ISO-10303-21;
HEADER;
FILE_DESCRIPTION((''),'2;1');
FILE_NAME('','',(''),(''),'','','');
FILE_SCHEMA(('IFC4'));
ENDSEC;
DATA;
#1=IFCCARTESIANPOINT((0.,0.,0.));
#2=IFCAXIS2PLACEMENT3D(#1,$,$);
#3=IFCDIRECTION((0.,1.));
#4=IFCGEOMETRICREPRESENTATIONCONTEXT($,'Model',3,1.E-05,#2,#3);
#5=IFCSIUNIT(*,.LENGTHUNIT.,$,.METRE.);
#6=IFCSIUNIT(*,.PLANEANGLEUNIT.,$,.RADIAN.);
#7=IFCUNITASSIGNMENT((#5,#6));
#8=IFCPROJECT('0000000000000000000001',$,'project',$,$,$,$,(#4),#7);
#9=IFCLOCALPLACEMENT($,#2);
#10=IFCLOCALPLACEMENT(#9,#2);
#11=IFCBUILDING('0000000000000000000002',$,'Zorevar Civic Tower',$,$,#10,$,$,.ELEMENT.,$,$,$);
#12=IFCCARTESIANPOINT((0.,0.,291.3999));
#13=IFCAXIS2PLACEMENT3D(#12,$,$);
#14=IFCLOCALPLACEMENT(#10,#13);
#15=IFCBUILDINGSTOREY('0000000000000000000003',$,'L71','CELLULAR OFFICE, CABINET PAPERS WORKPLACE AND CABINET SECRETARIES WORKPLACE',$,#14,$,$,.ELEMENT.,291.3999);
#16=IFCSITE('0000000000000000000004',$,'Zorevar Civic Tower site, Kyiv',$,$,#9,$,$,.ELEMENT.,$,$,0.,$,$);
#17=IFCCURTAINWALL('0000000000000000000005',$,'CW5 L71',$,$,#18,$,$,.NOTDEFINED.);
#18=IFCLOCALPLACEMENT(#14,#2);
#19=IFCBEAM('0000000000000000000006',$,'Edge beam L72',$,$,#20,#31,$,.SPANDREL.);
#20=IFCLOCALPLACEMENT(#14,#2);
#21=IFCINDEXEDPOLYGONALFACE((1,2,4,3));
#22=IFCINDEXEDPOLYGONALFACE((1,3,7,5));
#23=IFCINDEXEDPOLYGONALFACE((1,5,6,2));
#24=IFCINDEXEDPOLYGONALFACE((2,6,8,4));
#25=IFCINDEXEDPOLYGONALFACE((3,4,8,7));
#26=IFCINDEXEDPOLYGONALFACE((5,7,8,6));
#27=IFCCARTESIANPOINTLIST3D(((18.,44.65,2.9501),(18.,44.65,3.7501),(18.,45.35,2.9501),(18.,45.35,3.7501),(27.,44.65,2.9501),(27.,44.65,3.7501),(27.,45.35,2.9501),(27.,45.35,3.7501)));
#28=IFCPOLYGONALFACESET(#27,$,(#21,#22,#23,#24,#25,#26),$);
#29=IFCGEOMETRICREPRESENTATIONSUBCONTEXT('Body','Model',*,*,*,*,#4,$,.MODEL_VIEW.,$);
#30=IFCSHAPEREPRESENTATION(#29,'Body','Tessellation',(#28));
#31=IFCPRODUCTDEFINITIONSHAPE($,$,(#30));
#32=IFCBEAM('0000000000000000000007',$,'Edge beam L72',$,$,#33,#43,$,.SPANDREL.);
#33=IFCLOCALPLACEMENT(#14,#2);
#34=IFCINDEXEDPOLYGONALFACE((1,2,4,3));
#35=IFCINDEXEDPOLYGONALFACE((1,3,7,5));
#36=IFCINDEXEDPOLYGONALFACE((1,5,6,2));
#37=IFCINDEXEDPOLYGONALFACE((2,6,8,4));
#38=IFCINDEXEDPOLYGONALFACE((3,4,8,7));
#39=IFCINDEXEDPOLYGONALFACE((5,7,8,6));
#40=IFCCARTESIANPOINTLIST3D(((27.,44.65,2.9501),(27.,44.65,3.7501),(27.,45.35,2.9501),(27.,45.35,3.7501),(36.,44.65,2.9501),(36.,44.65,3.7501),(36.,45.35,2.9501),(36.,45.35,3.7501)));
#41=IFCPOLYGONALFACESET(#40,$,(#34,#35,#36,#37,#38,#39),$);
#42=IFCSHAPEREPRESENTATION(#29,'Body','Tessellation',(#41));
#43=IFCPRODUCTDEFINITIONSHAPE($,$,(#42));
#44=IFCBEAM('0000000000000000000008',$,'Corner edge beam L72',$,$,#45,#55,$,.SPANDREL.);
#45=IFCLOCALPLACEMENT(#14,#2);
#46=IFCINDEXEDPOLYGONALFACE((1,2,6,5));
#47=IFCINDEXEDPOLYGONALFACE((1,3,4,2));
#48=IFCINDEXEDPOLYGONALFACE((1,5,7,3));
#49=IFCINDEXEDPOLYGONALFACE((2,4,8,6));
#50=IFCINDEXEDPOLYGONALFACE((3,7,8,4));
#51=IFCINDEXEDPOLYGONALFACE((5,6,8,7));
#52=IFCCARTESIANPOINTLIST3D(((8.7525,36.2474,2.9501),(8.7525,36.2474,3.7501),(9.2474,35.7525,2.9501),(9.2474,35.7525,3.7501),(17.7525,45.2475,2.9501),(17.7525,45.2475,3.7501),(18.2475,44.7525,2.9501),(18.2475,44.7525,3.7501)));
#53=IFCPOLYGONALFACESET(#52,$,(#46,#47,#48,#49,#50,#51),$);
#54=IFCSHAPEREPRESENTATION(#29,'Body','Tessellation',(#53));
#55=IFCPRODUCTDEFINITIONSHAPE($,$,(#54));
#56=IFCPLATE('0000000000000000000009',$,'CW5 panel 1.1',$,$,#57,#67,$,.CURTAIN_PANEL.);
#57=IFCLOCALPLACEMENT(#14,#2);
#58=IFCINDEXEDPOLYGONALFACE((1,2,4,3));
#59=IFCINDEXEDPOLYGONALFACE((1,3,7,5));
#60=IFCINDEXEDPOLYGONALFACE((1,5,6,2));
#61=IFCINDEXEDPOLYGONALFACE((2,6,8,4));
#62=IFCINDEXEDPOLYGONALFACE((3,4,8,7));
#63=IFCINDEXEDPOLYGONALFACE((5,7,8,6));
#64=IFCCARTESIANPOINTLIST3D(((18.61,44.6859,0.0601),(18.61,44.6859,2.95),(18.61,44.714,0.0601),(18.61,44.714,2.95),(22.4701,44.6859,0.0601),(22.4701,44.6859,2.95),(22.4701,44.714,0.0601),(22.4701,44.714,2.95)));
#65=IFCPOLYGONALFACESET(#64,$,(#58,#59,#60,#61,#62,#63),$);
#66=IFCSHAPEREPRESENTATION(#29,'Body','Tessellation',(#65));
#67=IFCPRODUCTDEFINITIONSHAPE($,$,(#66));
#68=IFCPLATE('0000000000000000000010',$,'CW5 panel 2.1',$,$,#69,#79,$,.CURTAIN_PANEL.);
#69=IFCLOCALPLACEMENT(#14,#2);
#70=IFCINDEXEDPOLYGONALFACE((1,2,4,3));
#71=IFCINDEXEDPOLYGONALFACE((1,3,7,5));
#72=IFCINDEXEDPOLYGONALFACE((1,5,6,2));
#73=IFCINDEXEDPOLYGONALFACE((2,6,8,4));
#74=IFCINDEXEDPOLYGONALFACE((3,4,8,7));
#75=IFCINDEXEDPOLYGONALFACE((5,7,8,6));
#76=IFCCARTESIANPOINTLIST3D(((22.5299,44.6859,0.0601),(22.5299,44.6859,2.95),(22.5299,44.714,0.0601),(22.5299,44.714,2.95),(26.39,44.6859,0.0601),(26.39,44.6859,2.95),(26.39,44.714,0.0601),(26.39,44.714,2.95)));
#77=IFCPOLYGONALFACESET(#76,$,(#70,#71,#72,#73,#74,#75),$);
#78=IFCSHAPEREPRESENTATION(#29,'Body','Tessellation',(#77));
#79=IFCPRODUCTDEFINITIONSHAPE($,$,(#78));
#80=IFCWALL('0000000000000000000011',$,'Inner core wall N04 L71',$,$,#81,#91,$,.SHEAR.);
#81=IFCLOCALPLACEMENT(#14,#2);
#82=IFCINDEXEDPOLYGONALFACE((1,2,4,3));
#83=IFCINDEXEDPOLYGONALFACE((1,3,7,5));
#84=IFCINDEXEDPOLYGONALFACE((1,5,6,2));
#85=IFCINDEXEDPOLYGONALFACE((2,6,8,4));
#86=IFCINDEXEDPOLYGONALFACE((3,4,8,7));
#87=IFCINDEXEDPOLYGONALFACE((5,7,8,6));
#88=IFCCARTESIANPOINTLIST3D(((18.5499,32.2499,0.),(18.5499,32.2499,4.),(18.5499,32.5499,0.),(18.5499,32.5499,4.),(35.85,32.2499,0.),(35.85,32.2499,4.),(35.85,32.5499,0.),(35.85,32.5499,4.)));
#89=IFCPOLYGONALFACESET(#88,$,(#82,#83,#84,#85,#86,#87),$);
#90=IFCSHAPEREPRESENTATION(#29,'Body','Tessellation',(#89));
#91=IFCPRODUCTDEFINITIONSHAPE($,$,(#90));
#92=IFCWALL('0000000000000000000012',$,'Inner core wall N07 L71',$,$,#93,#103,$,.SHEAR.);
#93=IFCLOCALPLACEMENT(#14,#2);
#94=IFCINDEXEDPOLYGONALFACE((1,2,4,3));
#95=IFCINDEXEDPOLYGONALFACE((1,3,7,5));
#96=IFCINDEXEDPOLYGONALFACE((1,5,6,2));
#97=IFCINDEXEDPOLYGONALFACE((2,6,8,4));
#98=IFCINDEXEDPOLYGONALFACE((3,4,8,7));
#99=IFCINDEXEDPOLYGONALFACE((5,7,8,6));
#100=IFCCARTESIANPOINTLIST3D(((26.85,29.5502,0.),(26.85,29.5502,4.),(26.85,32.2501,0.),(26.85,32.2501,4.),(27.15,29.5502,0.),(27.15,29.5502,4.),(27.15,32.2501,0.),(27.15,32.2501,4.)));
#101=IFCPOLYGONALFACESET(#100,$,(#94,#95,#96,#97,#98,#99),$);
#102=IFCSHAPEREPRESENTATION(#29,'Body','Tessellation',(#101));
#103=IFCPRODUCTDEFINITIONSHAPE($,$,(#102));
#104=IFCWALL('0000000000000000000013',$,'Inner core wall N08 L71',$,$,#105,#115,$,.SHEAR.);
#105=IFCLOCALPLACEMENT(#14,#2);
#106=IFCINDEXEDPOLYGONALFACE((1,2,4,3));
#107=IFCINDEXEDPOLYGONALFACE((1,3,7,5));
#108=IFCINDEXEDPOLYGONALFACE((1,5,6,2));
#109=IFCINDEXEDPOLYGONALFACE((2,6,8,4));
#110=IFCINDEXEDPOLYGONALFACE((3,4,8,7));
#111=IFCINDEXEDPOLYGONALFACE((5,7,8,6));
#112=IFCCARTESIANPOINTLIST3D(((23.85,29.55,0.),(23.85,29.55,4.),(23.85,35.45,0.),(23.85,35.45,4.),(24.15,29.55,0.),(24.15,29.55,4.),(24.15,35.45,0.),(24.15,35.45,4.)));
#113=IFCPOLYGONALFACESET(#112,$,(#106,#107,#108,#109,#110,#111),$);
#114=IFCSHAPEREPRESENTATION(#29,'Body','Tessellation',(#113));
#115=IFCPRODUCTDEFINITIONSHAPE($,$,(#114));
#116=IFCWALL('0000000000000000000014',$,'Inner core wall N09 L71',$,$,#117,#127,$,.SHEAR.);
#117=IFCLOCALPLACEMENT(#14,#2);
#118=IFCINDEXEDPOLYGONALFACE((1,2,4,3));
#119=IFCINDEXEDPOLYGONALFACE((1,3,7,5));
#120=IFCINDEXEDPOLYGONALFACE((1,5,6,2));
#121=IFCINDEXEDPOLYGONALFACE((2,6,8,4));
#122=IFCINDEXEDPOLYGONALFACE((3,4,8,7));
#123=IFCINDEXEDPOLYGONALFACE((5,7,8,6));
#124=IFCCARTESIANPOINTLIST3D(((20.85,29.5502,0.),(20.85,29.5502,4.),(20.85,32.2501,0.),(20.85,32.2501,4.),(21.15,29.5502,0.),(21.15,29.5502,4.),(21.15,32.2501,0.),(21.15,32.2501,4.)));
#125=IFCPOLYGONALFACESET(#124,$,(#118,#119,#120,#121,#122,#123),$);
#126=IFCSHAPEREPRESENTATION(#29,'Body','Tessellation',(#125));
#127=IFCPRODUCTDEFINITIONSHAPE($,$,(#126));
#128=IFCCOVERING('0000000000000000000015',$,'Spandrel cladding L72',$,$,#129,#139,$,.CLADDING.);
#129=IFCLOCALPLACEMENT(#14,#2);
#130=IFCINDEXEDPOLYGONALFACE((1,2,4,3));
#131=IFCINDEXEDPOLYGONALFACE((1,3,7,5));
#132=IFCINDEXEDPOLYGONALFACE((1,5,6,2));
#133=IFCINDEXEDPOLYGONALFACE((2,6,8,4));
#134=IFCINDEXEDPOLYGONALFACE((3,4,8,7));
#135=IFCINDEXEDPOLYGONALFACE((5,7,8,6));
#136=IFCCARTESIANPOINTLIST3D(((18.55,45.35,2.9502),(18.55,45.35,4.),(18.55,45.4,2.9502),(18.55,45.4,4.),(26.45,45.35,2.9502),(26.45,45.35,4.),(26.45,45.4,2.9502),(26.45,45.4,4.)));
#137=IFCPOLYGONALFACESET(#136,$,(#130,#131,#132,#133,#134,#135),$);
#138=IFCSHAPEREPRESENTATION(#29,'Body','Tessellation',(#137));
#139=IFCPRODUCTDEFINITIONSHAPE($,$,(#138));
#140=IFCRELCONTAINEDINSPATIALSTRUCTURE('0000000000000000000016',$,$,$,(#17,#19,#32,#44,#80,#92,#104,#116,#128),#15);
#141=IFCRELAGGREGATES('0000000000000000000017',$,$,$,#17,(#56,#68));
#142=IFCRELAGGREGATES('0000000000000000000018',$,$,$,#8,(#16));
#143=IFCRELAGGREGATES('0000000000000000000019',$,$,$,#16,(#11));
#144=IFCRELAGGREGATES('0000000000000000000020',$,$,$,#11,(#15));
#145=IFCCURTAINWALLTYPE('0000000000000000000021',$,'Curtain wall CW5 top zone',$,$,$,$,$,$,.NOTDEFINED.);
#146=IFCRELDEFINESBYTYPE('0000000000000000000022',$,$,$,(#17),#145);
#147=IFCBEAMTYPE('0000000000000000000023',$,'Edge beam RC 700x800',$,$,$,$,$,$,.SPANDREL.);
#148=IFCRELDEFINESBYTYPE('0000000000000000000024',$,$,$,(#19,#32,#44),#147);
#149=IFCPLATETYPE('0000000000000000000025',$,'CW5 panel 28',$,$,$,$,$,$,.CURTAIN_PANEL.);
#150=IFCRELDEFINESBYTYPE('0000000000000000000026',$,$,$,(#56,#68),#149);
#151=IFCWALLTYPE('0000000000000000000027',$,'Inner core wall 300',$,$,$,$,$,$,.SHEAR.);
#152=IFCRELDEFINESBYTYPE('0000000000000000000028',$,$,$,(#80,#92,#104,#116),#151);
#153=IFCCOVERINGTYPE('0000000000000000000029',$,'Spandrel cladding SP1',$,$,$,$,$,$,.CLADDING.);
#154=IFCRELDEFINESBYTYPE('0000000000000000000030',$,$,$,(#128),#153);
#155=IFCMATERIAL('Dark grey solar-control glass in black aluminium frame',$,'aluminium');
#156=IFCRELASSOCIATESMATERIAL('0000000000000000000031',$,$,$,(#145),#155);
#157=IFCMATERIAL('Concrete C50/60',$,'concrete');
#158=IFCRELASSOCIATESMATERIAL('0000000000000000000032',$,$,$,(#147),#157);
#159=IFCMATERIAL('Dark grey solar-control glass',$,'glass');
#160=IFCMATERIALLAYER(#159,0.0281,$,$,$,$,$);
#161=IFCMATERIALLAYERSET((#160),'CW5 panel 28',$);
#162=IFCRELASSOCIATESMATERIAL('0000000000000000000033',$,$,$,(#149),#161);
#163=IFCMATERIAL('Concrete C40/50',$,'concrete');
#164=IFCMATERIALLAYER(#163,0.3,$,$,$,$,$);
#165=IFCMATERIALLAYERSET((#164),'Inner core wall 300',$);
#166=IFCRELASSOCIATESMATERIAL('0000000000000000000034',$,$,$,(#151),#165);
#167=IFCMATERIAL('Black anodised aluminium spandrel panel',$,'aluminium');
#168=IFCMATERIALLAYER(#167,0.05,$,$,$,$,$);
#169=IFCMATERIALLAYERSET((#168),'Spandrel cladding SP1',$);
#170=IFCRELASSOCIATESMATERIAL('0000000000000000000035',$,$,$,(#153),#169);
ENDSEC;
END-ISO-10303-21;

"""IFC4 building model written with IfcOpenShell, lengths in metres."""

from ifc_helpers import new_model, si_unit, direction, frame, frame_2d, origin, origin_2d, place, context, subcontext, project, spatial, rectangle, extrude, material, layer, layer_set, material_profile, profile_set, type_object, element, aggregate, save


model = new_model("IFC4")

# Units and contexts
model_context = context("Model", 3, precision=1e-05, world=origin(), true_north=direction((0.0, 1.0)))
body_context = subcontext(model_context, "Body", "Model", "MODEL_VIEW")
ifc_project = project(units=[si_unit("LENGTHUNIT", "METRE"), si_unit("PLANEANGLEUNIT", "RADIAN")], contexts=[model_context])

# Site, building, storey
site_placement = place(None, origin())
site = spatial("IfcSite", under=ifc_project, at=site_placement, Name="Zorevar Civic Tower site, Kyiv", CompositionType="ELEMENT", RefElevation=0.0)
building_placement = place(site_placement, origin())
building = spatial("IfcBuilding", under=site, at=building_placement, Name="Zorevar Civic Tower", CompositionType="ELEMENT")
storey_placement = place(building_placement, frame((0.0, 0.0, 291.3999)))
storey = spatial("IfcBuildingStorey", under=building, at=storey_placement, Name="L71", Description="CELLULAR OFFICE, CABINET PAPERS WORKPLACE AND CABINET SECRETARIES WORKPLACE", CompositionType="ELEMENT", Elevation=291.3999)

# Curtain wall
ifc_material_1 = material(Name="Dark grey solar-control glass in black aluminium frame", Category="aluminium")
curtain_wall_type = type_object("IfcCurtainWallType", Name="Curtain wall CW5 top zone", PredefinedType="NOTDEFINED", material=ifc_material_1)
curtain_wall_1_placement = place(storey_placement, origin())
curtain_wall_1 = element("IfcCurtainWall", 1, at=curtain_wall_1_placement, inside=storey, type_object=curtain_wall_type, Name="CW5 L71", PredefinedType="NOTDEFINED")

# Beams
ifc_material_2 = material(Name="Concrete C50/60", Category="concrete")
ifc_material_profile_1 = material_profile(ifc_material_2, rectangle(XDim=0.7, YDim=0.8, at=origin_2d()), Name="RC 700x800")
ifc_profile_set_1 = profile_set([ifc_material_profile_1], Name="Concrete C50/60")
beam_type_1 = type_object("IfcBeamType", Name="Edge beam RC 700x800", PredefinedType="SPANDREL", material=ifc_profile_set_1)
for number, where, z_axis, x_axis, name in (
    (2, (18.0, 45.0, 3.3501), (1.0, 0.0, 0.0), (0.0, 1.0, 0.0), "Edge beam L72"),
    (3, (27.0, 45.0, 3.3501), (1.0, 0.0, 0.0), (0.0, 1.0, 0.0), "Edge beam L72"),
):
    element("IfcBeam", number, at=place(storey_placement, frame(where, z_axis=z_axis, x_axis=x_axis)), inside=storey, type_object=beam_type_1, Name=name, PredefinedType="SPANDREL", context=body_context, shape_type="SweptSolid", body=[
        extrude(rectangle(XDim=0.7, YDim=0.8, at=origin_2d()), origin(), (0.0, 0.0, 1.0), 9.0),
    ])
beam_1_placement = place(storey_placement, frame((18.0, 45.0, 3.3501), z_axis=(-0.707107, -0.707107, 0.0), x_axis=(0.707107, -0.707107, 0.0)))
element("IfcBeam", 4, at=beam_1_placement, inside=storey, type_object=beam_type_1, Name="Corner edge beam L72", PredefinedType="SPANDREL", context=body_context, shape_type="SweptSolid", body=[
    extrude(rectangle(XDim=0.7, YDim=0.8, at=origin_2d()), origin(), (0.0, 0.0, 1.0), 12.728),
])

# Plates
ifc_material_3 = material(Name="Dark grey solar-control glass", Category="glass")
ifc_layer_1 = layer(ifc_material_3, 0.0281)
ifc_layer_set_1 = layer_set([ifc_layer_1], Name="CW5 panel 28")
plate_type = type_object("IfcPlateType", Name="CW5 panel 28", PredefinedType="CURTAIN_PANEL", material=ifc_layer_set_1)
plate_1_placement = place(storey_placement, frame((20.54, 44.7, 0.0601), z_axis=(0.0, 0.0, 1.0), x_axis=(1.0, 0.0, 0.0)))
plate_1 = element("IfcPlate", 5, at=plate_1_placement, type_object=plate_type, Name="CW5 panel 1.1", PredefinedType="CURTAIN_PANEL", context=body_context, shape_type="SweptSolid", body=[
    extrude(rectangle(XDim=3.8601, YDim=0.0281, at=origin_2d()), origin(), (0.0, 0.0, 1.0), 2.8899),
])
plate_2_placement = place(storey_placement, frame((24.46, 44.7, 0.0601), z_axis=(0.0, 0.0, 1.0), x_axis=(1.0, 0.0, 0.0)))
plate_2 = element("IfcPlate", 6, at=plate_2_placement, type_object=plate_type, Name="CW5 panel 2.1", PredefinedType="CURTAIN_PANEL", context=body_context, shape_type="SweptSolid", body=[
    extrude(rectangle(XDim=3.8601, YDim=0.0281, at=origin_2d()), origin(), (0.0, 0.0, 1.0), 2.8899),
])
aggregate(curtain_wall_1, [plate_1, plate_2])

# Walls
ifc_material_4 = material(Name="Concrete C40/50", Category="concrete")
ifc_layer_2 = layer(ifc_material_4, 0.3)
ifc_layer_set_2 = layer_set([ifc_layer_2], Name="Inner core wall 300")
wall_type_1 = type_object("IfcWallType", Name="Inner core wall 300", PredefinedType="SHEAR", material=ifc_layer_set_2)
wall_1_placement = place(storey_placement, frame((18.55, 32.3999, 0.0), z_axis=(0.0, 0.0, 1.0), x_axis=(1.0, 0.0, 0.0)))
element("IfcWall", 7, at=wall_1_placement, inside=storey, type_object=wall_type_1, Name="Inner core wall N04 L71", PredefinedType="SHEAR", context=body_context, shape_type="SweptSolid", body=[
    extrude(rectangle(XDim=17.3, YDim=0.3, at=frame_2d((8.6499, 0.0))), origin(), (0.0, 0.0, 1.0), 4.0),
])
wall_2_placement = place(storey_placement, frame((27.0, 29.55, 0.0), z_axis=(0.0, 0.0, 1.0), x_axis=(0.0, 1.0, 0.0)))
element("IfcWall", 8, at=wall_2_placement, inside=storey, type_object=wall_type_1, Name="Inner core wall N07 L71", PredefinedType="SHEAR", context=body_context, shape_type="SweptSolid", body=[
    extrude(rectangle(XDim=2.7, YDim=0.3, at=frame_2d((1.3501, 0.0))), origin(), (0.0, 0.0, 1.0), 4.0),
])
wall_3_placement = place(storey_placement, frame((24.0, 29.55, 0.0), z_axis=(0.0, 0.0, 1.0), x_axis=(0.0, 1.0, 0.0)))
element("IfcWall", 9, at=wall_3_placement, inside=storey, type_object=wall_type_1, Name="Inner core wall N08 L71", PredefinedType="SHEAR", context=body_context, shape_type="SweptSolid", body=[
    extrude(rectangle(XDim=5.8999, YDim=0.3, at=frame_2d((2.95, 0.0))), origin(), (0.0, 0.0, 1.0), 4.0),
])
wall_4_placement = place(storey_placement, frame((21.0, 29.55, 0.0), z_axis=(0.0, 0.0, 1.0), x_axis=(0.0, 1.0, 0.0)))
element("IfcWall", 10, at=wall_4_placement, inside=storey, type_object=wall_type_1, Name="Inner core wall N09 L71", PredefinedType="SHEAR", context=body_context, shape_type="SweptSolid", body=[
    extrude(rectangle(XDim=2.7, YDim=0.3, at=frame_2d((1.3501, 0.0))), origin(), (0.0, 0.0, 1.0), 4.0),
])

# Covering
ifc_material_5 = material(Name="Black anodised aluminium spandrel panel", Category="aluminium")
ifc_layer_3 = layer(ifc_material_5, 0.05)
ifc_layer_set_3 = layer_set([ifc_layer_3], Name="Spandrel cladding SP1")
covering_type = type_object("IfcCoveringType", Name="Spandrel cladding SP1", PredefinedType="CLADDING", material=ifc_layer_set_3)
covering_placement = place(storey_placement, frame((18.55, 45.375, 2.9502), z_axis=(0.0, 0.0, 1.0), x_axis=(1.0, 0.0, 0.0)))
element("IfcCovering", 11, at=covering_placement, inside=storey, type_object=covering_type, Name="Spandrel cladding L72", PredefinedType="CLADDING", context=body_context, shape_type="SweptSolid", body=[
    extrude(rectangle(XDim=7.8999, YDim=0.05, at=frame_2d((3.95, 0.0))), origin(), (0.0, 0.0, 1.0), 1.0498),
])

save(model, "model.ifc")
